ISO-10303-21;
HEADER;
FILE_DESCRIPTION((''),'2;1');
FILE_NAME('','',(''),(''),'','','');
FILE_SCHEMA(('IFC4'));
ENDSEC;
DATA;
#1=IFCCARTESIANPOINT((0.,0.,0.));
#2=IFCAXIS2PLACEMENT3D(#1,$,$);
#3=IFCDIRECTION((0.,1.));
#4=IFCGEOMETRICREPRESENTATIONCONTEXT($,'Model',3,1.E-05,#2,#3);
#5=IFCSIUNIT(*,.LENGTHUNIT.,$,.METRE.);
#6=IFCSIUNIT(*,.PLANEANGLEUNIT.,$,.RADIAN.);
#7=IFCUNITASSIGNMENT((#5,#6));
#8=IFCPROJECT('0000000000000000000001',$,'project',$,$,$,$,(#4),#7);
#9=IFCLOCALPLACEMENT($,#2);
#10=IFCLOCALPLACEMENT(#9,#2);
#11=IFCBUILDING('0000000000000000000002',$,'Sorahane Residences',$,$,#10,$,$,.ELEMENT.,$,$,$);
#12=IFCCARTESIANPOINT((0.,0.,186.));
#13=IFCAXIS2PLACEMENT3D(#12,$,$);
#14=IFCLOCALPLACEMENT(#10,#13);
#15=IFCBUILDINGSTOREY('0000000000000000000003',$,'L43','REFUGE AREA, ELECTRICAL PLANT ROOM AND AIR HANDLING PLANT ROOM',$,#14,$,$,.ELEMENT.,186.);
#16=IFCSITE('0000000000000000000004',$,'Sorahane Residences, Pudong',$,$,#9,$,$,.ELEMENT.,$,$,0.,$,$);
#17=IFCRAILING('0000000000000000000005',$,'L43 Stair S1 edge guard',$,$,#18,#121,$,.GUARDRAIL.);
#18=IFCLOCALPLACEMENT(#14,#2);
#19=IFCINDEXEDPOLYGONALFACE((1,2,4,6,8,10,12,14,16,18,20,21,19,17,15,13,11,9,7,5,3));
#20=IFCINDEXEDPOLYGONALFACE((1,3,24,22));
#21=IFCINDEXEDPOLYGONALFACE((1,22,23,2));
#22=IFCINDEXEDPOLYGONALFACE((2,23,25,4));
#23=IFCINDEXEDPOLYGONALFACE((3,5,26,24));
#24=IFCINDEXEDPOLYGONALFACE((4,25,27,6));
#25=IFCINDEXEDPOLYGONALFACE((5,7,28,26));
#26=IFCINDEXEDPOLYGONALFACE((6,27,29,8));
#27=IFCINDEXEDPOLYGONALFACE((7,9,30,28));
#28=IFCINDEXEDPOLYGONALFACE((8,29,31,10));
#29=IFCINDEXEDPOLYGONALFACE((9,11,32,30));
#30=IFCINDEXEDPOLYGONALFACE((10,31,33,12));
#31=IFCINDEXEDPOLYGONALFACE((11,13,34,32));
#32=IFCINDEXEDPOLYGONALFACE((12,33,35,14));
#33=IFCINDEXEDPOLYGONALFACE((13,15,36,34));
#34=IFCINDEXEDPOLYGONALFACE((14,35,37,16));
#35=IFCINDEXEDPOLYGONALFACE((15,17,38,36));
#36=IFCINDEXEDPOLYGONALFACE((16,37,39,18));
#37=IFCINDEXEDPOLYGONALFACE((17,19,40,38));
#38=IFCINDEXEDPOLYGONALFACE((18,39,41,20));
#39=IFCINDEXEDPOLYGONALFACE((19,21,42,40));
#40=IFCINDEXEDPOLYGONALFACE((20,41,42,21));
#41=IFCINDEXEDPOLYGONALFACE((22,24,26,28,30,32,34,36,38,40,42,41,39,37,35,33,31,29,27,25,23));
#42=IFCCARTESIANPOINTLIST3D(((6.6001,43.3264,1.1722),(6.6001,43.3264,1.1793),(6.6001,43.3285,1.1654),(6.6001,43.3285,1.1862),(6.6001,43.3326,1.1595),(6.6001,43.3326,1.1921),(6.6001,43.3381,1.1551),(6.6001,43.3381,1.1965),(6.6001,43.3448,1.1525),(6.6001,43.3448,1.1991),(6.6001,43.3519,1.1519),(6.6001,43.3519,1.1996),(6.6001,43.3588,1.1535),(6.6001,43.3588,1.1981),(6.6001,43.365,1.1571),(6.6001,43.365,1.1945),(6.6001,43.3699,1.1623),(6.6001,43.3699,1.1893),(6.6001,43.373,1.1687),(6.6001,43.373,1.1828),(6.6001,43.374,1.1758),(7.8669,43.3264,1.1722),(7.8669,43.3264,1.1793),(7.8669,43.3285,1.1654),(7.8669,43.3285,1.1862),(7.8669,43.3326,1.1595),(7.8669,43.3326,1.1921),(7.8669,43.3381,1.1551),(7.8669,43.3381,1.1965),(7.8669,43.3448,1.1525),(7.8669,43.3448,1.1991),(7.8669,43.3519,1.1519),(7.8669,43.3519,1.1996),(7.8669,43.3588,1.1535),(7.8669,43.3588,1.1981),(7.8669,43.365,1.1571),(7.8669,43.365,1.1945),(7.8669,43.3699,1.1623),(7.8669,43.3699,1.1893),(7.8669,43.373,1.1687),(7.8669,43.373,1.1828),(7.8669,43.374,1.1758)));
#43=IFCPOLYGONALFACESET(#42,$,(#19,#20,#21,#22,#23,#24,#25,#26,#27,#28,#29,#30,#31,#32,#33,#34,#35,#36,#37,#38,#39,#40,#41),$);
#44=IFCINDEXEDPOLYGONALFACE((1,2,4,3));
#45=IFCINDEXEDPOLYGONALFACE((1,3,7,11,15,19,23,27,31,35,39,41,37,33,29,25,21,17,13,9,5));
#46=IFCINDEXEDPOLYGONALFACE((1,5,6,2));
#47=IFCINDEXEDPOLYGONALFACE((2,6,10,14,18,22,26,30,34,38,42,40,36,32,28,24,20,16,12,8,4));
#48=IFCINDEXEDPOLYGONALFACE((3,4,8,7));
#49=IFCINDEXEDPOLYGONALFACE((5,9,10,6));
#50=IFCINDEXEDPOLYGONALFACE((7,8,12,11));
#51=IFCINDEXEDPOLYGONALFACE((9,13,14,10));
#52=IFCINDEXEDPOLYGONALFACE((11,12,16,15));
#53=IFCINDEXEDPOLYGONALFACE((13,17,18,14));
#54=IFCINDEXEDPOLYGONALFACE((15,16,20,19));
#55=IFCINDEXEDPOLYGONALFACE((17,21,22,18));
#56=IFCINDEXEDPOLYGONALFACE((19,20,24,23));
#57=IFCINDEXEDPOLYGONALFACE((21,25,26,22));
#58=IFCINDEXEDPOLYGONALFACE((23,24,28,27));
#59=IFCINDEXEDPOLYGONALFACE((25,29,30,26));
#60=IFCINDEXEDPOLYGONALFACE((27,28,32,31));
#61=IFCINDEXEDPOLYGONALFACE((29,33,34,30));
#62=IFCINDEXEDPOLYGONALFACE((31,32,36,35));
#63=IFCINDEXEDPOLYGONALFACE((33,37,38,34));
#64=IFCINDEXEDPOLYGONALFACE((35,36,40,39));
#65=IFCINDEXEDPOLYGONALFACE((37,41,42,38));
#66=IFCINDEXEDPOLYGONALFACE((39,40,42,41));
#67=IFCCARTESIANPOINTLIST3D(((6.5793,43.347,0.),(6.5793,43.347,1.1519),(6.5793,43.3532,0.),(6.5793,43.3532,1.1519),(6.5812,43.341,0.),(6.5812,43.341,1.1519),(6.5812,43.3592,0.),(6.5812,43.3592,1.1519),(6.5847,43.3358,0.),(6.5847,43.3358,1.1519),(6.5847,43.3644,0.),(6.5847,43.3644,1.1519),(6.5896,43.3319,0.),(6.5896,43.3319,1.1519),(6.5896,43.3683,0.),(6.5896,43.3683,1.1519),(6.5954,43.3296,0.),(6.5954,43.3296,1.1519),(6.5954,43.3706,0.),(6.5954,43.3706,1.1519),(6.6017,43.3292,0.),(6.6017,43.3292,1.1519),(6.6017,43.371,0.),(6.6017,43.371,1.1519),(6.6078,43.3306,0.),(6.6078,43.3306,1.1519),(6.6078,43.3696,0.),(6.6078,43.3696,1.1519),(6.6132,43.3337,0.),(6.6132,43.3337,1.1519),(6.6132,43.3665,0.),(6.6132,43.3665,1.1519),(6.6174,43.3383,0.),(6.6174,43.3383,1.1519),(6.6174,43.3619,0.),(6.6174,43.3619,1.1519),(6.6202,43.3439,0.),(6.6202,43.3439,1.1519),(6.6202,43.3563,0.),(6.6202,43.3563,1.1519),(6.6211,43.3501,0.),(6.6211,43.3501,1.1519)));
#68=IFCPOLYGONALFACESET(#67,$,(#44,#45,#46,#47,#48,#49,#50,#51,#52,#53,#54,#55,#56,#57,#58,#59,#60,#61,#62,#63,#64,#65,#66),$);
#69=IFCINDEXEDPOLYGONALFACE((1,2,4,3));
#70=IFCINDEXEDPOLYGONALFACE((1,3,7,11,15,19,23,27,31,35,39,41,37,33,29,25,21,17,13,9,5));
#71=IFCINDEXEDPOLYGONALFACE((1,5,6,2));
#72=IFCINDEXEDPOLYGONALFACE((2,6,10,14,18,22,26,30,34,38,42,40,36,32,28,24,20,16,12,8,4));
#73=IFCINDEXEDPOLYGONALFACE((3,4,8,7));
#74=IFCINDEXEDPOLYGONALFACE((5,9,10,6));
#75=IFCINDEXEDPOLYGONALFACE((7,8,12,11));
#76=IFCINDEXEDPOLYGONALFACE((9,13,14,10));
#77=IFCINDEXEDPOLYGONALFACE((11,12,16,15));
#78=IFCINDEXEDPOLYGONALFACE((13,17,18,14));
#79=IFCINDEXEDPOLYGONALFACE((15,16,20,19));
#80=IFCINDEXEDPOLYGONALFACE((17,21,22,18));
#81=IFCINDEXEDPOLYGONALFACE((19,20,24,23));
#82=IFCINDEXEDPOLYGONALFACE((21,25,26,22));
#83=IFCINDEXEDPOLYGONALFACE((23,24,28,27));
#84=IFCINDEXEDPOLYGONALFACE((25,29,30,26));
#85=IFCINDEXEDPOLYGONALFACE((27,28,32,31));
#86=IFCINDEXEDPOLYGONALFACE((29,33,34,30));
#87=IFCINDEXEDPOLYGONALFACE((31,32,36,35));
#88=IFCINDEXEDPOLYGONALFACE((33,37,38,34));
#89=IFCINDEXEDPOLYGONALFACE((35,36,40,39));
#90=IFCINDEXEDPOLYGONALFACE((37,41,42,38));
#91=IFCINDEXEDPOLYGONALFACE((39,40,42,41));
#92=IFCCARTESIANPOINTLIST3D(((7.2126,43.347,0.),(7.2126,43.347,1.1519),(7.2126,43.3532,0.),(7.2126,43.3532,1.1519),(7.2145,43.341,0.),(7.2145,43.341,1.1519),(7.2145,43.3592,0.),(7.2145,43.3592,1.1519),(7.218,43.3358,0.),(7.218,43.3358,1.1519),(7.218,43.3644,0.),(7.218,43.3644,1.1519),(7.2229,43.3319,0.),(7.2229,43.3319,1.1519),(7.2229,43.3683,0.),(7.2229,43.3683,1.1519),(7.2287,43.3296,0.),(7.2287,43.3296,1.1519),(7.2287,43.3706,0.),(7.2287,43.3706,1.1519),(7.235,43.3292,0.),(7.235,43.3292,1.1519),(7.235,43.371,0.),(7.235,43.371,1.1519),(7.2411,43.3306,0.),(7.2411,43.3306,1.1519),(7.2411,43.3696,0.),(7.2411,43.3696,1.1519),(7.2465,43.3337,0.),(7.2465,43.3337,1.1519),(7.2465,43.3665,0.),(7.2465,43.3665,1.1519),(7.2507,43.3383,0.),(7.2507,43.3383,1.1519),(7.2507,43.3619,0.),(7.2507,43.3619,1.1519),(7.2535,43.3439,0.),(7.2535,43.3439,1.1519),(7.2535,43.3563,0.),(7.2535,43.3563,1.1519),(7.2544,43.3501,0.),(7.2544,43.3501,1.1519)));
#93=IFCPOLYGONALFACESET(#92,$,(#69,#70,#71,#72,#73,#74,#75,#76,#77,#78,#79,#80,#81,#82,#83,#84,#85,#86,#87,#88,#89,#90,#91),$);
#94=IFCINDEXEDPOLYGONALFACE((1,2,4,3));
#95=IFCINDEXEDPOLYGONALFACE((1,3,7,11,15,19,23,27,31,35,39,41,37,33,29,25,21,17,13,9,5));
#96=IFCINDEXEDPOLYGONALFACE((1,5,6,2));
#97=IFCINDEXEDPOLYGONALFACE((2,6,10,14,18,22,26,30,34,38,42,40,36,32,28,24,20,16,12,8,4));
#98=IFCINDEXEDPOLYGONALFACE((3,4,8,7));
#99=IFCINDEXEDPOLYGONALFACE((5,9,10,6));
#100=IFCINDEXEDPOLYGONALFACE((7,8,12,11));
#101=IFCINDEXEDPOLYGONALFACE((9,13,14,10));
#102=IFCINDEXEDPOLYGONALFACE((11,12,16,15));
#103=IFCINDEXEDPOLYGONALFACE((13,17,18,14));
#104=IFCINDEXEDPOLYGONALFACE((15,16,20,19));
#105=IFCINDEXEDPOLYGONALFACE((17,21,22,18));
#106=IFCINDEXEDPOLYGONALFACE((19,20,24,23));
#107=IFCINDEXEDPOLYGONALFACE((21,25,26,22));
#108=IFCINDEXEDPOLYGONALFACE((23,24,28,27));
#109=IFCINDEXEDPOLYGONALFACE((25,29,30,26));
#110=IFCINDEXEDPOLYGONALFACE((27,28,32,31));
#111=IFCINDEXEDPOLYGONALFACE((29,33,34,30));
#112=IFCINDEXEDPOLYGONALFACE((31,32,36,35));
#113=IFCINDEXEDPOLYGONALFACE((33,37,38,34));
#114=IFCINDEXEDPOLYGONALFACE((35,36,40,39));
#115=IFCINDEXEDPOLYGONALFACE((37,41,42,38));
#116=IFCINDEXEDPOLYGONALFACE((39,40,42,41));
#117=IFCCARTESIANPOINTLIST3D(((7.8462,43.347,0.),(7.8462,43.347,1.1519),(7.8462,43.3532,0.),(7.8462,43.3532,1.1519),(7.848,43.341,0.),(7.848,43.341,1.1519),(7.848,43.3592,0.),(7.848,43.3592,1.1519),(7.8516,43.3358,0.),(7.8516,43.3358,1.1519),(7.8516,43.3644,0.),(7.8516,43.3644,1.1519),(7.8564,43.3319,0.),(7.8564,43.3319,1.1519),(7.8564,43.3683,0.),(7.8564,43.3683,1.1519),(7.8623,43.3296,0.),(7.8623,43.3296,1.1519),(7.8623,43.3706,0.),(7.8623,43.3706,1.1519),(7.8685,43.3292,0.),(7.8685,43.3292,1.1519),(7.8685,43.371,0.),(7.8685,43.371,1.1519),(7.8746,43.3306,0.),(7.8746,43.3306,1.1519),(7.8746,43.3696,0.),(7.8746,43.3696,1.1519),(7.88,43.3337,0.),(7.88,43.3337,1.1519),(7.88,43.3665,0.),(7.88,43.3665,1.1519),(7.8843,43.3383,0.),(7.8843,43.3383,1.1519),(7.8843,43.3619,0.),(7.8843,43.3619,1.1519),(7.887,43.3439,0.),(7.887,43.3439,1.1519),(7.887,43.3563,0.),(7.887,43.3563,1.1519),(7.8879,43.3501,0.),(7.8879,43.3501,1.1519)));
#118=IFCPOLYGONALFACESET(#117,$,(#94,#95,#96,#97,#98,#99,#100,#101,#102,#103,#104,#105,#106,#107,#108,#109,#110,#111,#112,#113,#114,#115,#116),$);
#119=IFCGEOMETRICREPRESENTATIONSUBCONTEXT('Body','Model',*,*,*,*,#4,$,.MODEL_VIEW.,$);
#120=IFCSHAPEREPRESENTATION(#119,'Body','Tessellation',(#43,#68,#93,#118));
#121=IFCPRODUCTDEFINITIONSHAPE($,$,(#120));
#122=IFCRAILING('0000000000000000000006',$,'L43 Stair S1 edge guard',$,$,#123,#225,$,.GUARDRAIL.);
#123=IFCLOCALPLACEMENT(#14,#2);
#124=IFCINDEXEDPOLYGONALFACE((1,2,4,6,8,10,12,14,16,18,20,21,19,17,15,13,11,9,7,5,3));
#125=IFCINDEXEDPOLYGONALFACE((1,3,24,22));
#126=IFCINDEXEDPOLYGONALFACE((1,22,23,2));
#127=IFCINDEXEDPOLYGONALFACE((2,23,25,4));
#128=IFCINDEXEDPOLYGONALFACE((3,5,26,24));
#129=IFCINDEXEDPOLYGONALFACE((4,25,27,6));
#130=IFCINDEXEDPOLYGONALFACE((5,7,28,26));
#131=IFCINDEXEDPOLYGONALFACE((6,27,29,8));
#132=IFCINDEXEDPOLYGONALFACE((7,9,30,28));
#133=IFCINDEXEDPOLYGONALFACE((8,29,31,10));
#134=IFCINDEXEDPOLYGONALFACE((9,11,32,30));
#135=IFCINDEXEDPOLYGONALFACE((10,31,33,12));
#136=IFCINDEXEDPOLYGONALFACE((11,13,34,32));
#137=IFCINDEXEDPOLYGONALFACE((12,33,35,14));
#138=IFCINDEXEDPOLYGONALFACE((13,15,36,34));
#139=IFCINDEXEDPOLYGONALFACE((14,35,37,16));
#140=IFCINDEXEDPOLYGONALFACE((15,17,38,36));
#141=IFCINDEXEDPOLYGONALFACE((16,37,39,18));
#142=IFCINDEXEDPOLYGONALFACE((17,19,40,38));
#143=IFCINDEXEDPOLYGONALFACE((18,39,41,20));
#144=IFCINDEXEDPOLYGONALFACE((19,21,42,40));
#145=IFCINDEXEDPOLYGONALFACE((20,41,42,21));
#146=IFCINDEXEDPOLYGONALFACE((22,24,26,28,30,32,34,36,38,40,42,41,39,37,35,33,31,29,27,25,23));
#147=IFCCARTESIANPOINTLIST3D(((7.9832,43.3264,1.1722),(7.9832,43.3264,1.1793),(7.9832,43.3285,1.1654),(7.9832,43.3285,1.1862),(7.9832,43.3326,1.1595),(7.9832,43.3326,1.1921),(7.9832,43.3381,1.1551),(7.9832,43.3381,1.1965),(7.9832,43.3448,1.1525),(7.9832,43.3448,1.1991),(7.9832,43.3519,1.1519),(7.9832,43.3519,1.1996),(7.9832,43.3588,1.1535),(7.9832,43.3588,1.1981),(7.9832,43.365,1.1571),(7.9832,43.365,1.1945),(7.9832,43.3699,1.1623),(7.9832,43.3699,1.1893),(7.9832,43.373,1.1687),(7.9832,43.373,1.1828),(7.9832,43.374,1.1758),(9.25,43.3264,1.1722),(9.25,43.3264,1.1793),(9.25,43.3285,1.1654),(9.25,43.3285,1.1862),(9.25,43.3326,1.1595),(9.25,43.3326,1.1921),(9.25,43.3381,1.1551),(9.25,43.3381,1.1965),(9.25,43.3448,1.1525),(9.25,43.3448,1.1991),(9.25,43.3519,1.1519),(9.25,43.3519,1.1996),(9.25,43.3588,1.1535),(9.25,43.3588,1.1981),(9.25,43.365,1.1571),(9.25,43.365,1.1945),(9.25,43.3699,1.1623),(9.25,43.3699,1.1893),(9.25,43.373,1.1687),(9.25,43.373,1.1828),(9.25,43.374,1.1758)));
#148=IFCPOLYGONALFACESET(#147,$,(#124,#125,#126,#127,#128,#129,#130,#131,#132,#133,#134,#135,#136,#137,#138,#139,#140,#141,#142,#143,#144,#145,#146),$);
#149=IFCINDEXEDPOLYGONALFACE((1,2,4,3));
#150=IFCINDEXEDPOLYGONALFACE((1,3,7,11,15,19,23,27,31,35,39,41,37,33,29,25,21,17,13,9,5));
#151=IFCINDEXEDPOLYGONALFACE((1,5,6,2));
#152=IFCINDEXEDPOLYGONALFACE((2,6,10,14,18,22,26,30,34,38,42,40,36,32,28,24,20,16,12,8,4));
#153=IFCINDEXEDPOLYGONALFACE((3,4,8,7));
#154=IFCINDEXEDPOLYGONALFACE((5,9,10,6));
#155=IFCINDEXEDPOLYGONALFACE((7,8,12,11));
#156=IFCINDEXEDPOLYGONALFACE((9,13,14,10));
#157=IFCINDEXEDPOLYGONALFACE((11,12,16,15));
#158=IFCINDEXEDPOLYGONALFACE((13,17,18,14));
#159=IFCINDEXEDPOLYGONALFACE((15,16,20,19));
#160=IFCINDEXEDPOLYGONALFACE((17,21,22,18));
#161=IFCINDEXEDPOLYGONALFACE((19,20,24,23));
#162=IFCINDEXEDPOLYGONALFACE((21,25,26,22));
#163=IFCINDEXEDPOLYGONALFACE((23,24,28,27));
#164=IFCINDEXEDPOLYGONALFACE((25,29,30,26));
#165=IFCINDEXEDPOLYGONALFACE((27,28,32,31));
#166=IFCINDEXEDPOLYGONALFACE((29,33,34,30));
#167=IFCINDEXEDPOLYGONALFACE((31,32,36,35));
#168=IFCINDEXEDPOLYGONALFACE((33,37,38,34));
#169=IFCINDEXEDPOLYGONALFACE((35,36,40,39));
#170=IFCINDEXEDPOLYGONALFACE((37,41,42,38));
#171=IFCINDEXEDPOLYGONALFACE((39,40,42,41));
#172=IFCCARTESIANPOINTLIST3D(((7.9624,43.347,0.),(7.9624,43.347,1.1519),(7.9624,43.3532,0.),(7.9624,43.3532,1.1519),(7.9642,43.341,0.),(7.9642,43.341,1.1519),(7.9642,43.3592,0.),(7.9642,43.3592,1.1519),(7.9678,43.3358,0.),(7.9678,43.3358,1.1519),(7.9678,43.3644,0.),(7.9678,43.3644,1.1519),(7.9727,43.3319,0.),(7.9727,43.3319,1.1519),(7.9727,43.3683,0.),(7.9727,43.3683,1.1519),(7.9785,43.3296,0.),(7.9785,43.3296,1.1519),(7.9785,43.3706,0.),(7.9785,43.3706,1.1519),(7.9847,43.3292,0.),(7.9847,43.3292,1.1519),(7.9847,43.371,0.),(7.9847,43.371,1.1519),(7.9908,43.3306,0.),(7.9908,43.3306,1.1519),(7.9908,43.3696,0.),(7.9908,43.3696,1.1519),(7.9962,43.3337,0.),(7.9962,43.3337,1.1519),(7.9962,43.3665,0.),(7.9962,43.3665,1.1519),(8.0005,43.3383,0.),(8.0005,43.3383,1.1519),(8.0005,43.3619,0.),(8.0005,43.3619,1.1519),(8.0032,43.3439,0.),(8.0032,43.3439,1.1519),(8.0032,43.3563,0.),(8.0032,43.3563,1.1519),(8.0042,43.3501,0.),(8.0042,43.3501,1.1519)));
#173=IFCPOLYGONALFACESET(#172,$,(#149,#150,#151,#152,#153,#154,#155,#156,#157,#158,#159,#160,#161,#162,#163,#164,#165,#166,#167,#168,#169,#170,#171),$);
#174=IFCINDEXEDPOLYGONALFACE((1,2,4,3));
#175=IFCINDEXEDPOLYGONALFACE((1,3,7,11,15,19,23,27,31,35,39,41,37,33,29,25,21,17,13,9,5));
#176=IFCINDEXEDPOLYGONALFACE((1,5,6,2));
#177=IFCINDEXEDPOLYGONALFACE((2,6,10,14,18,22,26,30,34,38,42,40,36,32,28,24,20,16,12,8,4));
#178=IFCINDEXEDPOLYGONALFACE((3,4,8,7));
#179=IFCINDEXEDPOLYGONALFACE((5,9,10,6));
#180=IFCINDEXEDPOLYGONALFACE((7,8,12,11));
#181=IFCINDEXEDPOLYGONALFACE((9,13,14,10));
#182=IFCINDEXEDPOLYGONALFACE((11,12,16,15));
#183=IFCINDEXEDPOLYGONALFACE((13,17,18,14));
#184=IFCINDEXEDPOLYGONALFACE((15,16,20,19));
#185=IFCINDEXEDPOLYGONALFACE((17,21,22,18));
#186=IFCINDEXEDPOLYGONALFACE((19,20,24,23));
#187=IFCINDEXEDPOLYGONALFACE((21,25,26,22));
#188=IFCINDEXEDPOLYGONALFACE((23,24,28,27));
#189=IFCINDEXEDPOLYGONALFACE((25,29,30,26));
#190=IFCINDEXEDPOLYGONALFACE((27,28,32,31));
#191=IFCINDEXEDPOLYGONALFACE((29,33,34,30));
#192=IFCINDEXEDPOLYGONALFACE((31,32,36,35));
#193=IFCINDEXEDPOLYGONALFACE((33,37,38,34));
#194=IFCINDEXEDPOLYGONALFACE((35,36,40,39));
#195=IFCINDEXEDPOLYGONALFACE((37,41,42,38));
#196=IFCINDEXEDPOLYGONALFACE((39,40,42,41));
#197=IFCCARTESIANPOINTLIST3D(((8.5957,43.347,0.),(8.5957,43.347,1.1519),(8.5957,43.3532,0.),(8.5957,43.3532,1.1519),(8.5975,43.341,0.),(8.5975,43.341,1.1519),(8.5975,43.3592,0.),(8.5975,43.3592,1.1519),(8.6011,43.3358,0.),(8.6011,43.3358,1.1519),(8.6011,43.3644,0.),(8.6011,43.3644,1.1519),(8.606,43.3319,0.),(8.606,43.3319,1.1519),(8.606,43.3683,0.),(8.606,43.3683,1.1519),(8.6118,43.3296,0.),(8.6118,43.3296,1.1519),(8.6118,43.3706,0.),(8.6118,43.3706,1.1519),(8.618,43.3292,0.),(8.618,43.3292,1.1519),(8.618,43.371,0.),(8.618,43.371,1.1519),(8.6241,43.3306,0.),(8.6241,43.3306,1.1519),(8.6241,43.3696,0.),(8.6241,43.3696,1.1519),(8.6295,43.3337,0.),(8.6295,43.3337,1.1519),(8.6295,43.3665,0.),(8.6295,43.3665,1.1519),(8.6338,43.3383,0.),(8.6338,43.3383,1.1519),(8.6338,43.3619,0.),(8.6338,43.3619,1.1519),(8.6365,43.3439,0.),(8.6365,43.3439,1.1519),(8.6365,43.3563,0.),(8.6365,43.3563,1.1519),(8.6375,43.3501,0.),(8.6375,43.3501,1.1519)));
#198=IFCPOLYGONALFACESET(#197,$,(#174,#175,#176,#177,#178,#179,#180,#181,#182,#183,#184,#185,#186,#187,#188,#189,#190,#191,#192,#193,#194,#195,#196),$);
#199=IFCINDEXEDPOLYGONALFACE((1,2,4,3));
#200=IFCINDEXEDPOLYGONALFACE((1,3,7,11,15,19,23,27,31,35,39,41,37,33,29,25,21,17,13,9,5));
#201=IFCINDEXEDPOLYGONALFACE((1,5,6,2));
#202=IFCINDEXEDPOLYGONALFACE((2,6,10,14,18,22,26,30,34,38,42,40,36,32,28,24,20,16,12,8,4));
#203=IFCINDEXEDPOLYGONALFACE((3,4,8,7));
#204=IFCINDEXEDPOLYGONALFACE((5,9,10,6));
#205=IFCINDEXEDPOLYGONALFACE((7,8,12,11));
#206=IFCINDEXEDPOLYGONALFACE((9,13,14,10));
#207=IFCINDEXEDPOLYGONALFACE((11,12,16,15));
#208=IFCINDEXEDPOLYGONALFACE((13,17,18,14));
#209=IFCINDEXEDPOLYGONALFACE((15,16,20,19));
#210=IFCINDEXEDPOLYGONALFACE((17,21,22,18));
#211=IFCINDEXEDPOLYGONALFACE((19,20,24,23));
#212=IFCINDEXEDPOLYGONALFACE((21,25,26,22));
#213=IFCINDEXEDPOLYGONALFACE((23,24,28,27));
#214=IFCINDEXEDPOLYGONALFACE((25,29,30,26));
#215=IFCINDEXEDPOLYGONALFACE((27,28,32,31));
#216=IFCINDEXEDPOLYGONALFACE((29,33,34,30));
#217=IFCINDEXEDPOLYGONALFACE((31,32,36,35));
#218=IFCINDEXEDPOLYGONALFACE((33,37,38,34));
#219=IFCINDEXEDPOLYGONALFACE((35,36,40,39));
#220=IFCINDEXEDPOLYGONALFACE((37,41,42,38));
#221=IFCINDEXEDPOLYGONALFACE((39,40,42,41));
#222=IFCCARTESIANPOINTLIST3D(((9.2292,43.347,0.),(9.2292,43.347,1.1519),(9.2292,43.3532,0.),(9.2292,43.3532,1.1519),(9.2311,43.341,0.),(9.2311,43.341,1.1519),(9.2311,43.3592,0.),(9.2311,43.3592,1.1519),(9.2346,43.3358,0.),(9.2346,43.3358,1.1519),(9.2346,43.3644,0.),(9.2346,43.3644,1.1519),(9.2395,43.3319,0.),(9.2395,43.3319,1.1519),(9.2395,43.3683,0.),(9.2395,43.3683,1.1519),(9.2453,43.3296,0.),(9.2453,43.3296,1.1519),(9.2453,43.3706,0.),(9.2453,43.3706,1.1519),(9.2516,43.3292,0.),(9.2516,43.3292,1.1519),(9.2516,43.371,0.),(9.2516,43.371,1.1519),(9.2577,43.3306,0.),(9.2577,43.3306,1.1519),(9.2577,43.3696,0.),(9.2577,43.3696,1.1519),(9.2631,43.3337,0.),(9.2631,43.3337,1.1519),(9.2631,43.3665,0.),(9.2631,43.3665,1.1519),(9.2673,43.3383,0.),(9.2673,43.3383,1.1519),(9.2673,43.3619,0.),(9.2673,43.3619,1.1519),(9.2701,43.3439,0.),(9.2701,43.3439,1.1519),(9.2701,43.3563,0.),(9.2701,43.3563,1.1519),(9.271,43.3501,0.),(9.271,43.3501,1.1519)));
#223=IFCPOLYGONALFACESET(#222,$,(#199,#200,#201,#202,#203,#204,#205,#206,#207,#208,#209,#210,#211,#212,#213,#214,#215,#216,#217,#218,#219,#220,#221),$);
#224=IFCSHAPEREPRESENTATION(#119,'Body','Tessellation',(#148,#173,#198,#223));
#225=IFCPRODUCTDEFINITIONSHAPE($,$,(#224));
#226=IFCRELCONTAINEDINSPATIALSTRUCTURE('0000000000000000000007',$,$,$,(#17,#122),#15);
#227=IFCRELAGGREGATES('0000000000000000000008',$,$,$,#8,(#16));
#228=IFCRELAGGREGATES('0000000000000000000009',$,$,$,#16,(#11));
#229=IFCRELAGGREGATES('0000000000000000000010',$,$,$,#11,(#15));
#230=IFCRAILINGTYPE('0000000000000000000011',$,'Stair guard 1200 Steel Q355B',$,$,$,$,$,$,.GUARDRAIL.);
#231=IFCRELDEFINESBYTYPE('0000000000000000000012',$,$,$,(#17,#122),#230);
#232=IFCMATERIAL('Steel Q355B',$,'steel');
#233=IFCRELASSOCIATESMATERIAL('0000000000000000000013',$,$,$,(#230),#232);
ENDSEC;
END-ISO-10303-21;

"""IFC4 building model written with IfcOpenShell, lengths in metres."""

from ifc_helpers import new_model, si_unit, direction, frame, origin, origin_2d, place, context, subcontext, project, spatial, circle, extrude, material, type_object, element, save


model = new_model("IFC4")

# Units and contexts
model_context = context("Model", 3, precision=1e-05, world=origin(), true_north=direction((0.0, 1.0)))
body_context = subcontext(model_context, "Body", "Model", "MODEL_VIEW")
ifc_project = project(units=[si_unit("LENGTHUNIT", "METRE"), si_unit("PLANEANGLEUNIT", "RADIAN")], contexts=[model_context])

# Site, building, storey
site_placement = place(None, origin())
site = spatial("IfcSite", under=ifc_project, at=site_placement, Name="Sorahane Residences, Pudong", CompositionType="ELEMENT", RefElevation=0.0)
building_placement = place(site_placement, origin())
building = spatial("IfcBuilding", under=site, at=building_placement, Name="Sorahane Residences", CompositionType="ELEMENT")
storey_placement = place(building_placement, frame((0.0, 0.0, 186.0)))
storey = spatial("IfcBuildingStorey", under=building, at=storey_placement, Name="L43", Description="REFUGE AREA, ELECTRICAL PLANT ROOM AND AIR HANDLING PLANT ROOM", CompositionType="ELEMENT", Elevation=186.0)

# Railings
ifc_material_1 = material(Name="Steel Q355B", Category="steel")
railing_type_1 = type_object("IfcRailingType", Name="Stair guard 1200 Steel Q355B", PredefinedType="GUARDRAIL", material=ifc_material_1)
for number, where, name in (
    (1, (6.6001, 43.3501, 0.0), "L43 Stair S1 edge guard"),
    (2, (7.9832, 43.3501, 0.0), "L43 Stair S1 edge guard"),
):
    element("IfcRailing", number, at=place(storey_placement, frame(where)), inside=storey, type_object=railing_type_1, Name=name, PredefinedType="GUARDRAIL", context=body_context, shape_type="SweptSolid", body=[
        extrude(circle(Radius=0.0239, at=origin_2d()), frame((0.0, 0.0, 1.1758), z_axis=(1.0, 0.0, 0.0), x_axis=(0.0, 1.0, 0.0)), (0.0, 0.0, 1.0), 1.2668),
        extrude(circle(Radius=0.021, at=origin_2d()), origin(), (0.0, 0.0, 1.0), 1.1519),
        extrude(circle(Radius=0.021, at=origin_2d()), frame((0.6333, 0.0, 0.0)), (0.0, 0.0, 1.0), 1.1519),
        extrude(circle(Radius=0.021, at=origin_2d()), frame((1.2668, 0.0, 0.0)), (0.0, 0.0, 1.0), 1.1519),
    ])

save(model, "model.ifc")
